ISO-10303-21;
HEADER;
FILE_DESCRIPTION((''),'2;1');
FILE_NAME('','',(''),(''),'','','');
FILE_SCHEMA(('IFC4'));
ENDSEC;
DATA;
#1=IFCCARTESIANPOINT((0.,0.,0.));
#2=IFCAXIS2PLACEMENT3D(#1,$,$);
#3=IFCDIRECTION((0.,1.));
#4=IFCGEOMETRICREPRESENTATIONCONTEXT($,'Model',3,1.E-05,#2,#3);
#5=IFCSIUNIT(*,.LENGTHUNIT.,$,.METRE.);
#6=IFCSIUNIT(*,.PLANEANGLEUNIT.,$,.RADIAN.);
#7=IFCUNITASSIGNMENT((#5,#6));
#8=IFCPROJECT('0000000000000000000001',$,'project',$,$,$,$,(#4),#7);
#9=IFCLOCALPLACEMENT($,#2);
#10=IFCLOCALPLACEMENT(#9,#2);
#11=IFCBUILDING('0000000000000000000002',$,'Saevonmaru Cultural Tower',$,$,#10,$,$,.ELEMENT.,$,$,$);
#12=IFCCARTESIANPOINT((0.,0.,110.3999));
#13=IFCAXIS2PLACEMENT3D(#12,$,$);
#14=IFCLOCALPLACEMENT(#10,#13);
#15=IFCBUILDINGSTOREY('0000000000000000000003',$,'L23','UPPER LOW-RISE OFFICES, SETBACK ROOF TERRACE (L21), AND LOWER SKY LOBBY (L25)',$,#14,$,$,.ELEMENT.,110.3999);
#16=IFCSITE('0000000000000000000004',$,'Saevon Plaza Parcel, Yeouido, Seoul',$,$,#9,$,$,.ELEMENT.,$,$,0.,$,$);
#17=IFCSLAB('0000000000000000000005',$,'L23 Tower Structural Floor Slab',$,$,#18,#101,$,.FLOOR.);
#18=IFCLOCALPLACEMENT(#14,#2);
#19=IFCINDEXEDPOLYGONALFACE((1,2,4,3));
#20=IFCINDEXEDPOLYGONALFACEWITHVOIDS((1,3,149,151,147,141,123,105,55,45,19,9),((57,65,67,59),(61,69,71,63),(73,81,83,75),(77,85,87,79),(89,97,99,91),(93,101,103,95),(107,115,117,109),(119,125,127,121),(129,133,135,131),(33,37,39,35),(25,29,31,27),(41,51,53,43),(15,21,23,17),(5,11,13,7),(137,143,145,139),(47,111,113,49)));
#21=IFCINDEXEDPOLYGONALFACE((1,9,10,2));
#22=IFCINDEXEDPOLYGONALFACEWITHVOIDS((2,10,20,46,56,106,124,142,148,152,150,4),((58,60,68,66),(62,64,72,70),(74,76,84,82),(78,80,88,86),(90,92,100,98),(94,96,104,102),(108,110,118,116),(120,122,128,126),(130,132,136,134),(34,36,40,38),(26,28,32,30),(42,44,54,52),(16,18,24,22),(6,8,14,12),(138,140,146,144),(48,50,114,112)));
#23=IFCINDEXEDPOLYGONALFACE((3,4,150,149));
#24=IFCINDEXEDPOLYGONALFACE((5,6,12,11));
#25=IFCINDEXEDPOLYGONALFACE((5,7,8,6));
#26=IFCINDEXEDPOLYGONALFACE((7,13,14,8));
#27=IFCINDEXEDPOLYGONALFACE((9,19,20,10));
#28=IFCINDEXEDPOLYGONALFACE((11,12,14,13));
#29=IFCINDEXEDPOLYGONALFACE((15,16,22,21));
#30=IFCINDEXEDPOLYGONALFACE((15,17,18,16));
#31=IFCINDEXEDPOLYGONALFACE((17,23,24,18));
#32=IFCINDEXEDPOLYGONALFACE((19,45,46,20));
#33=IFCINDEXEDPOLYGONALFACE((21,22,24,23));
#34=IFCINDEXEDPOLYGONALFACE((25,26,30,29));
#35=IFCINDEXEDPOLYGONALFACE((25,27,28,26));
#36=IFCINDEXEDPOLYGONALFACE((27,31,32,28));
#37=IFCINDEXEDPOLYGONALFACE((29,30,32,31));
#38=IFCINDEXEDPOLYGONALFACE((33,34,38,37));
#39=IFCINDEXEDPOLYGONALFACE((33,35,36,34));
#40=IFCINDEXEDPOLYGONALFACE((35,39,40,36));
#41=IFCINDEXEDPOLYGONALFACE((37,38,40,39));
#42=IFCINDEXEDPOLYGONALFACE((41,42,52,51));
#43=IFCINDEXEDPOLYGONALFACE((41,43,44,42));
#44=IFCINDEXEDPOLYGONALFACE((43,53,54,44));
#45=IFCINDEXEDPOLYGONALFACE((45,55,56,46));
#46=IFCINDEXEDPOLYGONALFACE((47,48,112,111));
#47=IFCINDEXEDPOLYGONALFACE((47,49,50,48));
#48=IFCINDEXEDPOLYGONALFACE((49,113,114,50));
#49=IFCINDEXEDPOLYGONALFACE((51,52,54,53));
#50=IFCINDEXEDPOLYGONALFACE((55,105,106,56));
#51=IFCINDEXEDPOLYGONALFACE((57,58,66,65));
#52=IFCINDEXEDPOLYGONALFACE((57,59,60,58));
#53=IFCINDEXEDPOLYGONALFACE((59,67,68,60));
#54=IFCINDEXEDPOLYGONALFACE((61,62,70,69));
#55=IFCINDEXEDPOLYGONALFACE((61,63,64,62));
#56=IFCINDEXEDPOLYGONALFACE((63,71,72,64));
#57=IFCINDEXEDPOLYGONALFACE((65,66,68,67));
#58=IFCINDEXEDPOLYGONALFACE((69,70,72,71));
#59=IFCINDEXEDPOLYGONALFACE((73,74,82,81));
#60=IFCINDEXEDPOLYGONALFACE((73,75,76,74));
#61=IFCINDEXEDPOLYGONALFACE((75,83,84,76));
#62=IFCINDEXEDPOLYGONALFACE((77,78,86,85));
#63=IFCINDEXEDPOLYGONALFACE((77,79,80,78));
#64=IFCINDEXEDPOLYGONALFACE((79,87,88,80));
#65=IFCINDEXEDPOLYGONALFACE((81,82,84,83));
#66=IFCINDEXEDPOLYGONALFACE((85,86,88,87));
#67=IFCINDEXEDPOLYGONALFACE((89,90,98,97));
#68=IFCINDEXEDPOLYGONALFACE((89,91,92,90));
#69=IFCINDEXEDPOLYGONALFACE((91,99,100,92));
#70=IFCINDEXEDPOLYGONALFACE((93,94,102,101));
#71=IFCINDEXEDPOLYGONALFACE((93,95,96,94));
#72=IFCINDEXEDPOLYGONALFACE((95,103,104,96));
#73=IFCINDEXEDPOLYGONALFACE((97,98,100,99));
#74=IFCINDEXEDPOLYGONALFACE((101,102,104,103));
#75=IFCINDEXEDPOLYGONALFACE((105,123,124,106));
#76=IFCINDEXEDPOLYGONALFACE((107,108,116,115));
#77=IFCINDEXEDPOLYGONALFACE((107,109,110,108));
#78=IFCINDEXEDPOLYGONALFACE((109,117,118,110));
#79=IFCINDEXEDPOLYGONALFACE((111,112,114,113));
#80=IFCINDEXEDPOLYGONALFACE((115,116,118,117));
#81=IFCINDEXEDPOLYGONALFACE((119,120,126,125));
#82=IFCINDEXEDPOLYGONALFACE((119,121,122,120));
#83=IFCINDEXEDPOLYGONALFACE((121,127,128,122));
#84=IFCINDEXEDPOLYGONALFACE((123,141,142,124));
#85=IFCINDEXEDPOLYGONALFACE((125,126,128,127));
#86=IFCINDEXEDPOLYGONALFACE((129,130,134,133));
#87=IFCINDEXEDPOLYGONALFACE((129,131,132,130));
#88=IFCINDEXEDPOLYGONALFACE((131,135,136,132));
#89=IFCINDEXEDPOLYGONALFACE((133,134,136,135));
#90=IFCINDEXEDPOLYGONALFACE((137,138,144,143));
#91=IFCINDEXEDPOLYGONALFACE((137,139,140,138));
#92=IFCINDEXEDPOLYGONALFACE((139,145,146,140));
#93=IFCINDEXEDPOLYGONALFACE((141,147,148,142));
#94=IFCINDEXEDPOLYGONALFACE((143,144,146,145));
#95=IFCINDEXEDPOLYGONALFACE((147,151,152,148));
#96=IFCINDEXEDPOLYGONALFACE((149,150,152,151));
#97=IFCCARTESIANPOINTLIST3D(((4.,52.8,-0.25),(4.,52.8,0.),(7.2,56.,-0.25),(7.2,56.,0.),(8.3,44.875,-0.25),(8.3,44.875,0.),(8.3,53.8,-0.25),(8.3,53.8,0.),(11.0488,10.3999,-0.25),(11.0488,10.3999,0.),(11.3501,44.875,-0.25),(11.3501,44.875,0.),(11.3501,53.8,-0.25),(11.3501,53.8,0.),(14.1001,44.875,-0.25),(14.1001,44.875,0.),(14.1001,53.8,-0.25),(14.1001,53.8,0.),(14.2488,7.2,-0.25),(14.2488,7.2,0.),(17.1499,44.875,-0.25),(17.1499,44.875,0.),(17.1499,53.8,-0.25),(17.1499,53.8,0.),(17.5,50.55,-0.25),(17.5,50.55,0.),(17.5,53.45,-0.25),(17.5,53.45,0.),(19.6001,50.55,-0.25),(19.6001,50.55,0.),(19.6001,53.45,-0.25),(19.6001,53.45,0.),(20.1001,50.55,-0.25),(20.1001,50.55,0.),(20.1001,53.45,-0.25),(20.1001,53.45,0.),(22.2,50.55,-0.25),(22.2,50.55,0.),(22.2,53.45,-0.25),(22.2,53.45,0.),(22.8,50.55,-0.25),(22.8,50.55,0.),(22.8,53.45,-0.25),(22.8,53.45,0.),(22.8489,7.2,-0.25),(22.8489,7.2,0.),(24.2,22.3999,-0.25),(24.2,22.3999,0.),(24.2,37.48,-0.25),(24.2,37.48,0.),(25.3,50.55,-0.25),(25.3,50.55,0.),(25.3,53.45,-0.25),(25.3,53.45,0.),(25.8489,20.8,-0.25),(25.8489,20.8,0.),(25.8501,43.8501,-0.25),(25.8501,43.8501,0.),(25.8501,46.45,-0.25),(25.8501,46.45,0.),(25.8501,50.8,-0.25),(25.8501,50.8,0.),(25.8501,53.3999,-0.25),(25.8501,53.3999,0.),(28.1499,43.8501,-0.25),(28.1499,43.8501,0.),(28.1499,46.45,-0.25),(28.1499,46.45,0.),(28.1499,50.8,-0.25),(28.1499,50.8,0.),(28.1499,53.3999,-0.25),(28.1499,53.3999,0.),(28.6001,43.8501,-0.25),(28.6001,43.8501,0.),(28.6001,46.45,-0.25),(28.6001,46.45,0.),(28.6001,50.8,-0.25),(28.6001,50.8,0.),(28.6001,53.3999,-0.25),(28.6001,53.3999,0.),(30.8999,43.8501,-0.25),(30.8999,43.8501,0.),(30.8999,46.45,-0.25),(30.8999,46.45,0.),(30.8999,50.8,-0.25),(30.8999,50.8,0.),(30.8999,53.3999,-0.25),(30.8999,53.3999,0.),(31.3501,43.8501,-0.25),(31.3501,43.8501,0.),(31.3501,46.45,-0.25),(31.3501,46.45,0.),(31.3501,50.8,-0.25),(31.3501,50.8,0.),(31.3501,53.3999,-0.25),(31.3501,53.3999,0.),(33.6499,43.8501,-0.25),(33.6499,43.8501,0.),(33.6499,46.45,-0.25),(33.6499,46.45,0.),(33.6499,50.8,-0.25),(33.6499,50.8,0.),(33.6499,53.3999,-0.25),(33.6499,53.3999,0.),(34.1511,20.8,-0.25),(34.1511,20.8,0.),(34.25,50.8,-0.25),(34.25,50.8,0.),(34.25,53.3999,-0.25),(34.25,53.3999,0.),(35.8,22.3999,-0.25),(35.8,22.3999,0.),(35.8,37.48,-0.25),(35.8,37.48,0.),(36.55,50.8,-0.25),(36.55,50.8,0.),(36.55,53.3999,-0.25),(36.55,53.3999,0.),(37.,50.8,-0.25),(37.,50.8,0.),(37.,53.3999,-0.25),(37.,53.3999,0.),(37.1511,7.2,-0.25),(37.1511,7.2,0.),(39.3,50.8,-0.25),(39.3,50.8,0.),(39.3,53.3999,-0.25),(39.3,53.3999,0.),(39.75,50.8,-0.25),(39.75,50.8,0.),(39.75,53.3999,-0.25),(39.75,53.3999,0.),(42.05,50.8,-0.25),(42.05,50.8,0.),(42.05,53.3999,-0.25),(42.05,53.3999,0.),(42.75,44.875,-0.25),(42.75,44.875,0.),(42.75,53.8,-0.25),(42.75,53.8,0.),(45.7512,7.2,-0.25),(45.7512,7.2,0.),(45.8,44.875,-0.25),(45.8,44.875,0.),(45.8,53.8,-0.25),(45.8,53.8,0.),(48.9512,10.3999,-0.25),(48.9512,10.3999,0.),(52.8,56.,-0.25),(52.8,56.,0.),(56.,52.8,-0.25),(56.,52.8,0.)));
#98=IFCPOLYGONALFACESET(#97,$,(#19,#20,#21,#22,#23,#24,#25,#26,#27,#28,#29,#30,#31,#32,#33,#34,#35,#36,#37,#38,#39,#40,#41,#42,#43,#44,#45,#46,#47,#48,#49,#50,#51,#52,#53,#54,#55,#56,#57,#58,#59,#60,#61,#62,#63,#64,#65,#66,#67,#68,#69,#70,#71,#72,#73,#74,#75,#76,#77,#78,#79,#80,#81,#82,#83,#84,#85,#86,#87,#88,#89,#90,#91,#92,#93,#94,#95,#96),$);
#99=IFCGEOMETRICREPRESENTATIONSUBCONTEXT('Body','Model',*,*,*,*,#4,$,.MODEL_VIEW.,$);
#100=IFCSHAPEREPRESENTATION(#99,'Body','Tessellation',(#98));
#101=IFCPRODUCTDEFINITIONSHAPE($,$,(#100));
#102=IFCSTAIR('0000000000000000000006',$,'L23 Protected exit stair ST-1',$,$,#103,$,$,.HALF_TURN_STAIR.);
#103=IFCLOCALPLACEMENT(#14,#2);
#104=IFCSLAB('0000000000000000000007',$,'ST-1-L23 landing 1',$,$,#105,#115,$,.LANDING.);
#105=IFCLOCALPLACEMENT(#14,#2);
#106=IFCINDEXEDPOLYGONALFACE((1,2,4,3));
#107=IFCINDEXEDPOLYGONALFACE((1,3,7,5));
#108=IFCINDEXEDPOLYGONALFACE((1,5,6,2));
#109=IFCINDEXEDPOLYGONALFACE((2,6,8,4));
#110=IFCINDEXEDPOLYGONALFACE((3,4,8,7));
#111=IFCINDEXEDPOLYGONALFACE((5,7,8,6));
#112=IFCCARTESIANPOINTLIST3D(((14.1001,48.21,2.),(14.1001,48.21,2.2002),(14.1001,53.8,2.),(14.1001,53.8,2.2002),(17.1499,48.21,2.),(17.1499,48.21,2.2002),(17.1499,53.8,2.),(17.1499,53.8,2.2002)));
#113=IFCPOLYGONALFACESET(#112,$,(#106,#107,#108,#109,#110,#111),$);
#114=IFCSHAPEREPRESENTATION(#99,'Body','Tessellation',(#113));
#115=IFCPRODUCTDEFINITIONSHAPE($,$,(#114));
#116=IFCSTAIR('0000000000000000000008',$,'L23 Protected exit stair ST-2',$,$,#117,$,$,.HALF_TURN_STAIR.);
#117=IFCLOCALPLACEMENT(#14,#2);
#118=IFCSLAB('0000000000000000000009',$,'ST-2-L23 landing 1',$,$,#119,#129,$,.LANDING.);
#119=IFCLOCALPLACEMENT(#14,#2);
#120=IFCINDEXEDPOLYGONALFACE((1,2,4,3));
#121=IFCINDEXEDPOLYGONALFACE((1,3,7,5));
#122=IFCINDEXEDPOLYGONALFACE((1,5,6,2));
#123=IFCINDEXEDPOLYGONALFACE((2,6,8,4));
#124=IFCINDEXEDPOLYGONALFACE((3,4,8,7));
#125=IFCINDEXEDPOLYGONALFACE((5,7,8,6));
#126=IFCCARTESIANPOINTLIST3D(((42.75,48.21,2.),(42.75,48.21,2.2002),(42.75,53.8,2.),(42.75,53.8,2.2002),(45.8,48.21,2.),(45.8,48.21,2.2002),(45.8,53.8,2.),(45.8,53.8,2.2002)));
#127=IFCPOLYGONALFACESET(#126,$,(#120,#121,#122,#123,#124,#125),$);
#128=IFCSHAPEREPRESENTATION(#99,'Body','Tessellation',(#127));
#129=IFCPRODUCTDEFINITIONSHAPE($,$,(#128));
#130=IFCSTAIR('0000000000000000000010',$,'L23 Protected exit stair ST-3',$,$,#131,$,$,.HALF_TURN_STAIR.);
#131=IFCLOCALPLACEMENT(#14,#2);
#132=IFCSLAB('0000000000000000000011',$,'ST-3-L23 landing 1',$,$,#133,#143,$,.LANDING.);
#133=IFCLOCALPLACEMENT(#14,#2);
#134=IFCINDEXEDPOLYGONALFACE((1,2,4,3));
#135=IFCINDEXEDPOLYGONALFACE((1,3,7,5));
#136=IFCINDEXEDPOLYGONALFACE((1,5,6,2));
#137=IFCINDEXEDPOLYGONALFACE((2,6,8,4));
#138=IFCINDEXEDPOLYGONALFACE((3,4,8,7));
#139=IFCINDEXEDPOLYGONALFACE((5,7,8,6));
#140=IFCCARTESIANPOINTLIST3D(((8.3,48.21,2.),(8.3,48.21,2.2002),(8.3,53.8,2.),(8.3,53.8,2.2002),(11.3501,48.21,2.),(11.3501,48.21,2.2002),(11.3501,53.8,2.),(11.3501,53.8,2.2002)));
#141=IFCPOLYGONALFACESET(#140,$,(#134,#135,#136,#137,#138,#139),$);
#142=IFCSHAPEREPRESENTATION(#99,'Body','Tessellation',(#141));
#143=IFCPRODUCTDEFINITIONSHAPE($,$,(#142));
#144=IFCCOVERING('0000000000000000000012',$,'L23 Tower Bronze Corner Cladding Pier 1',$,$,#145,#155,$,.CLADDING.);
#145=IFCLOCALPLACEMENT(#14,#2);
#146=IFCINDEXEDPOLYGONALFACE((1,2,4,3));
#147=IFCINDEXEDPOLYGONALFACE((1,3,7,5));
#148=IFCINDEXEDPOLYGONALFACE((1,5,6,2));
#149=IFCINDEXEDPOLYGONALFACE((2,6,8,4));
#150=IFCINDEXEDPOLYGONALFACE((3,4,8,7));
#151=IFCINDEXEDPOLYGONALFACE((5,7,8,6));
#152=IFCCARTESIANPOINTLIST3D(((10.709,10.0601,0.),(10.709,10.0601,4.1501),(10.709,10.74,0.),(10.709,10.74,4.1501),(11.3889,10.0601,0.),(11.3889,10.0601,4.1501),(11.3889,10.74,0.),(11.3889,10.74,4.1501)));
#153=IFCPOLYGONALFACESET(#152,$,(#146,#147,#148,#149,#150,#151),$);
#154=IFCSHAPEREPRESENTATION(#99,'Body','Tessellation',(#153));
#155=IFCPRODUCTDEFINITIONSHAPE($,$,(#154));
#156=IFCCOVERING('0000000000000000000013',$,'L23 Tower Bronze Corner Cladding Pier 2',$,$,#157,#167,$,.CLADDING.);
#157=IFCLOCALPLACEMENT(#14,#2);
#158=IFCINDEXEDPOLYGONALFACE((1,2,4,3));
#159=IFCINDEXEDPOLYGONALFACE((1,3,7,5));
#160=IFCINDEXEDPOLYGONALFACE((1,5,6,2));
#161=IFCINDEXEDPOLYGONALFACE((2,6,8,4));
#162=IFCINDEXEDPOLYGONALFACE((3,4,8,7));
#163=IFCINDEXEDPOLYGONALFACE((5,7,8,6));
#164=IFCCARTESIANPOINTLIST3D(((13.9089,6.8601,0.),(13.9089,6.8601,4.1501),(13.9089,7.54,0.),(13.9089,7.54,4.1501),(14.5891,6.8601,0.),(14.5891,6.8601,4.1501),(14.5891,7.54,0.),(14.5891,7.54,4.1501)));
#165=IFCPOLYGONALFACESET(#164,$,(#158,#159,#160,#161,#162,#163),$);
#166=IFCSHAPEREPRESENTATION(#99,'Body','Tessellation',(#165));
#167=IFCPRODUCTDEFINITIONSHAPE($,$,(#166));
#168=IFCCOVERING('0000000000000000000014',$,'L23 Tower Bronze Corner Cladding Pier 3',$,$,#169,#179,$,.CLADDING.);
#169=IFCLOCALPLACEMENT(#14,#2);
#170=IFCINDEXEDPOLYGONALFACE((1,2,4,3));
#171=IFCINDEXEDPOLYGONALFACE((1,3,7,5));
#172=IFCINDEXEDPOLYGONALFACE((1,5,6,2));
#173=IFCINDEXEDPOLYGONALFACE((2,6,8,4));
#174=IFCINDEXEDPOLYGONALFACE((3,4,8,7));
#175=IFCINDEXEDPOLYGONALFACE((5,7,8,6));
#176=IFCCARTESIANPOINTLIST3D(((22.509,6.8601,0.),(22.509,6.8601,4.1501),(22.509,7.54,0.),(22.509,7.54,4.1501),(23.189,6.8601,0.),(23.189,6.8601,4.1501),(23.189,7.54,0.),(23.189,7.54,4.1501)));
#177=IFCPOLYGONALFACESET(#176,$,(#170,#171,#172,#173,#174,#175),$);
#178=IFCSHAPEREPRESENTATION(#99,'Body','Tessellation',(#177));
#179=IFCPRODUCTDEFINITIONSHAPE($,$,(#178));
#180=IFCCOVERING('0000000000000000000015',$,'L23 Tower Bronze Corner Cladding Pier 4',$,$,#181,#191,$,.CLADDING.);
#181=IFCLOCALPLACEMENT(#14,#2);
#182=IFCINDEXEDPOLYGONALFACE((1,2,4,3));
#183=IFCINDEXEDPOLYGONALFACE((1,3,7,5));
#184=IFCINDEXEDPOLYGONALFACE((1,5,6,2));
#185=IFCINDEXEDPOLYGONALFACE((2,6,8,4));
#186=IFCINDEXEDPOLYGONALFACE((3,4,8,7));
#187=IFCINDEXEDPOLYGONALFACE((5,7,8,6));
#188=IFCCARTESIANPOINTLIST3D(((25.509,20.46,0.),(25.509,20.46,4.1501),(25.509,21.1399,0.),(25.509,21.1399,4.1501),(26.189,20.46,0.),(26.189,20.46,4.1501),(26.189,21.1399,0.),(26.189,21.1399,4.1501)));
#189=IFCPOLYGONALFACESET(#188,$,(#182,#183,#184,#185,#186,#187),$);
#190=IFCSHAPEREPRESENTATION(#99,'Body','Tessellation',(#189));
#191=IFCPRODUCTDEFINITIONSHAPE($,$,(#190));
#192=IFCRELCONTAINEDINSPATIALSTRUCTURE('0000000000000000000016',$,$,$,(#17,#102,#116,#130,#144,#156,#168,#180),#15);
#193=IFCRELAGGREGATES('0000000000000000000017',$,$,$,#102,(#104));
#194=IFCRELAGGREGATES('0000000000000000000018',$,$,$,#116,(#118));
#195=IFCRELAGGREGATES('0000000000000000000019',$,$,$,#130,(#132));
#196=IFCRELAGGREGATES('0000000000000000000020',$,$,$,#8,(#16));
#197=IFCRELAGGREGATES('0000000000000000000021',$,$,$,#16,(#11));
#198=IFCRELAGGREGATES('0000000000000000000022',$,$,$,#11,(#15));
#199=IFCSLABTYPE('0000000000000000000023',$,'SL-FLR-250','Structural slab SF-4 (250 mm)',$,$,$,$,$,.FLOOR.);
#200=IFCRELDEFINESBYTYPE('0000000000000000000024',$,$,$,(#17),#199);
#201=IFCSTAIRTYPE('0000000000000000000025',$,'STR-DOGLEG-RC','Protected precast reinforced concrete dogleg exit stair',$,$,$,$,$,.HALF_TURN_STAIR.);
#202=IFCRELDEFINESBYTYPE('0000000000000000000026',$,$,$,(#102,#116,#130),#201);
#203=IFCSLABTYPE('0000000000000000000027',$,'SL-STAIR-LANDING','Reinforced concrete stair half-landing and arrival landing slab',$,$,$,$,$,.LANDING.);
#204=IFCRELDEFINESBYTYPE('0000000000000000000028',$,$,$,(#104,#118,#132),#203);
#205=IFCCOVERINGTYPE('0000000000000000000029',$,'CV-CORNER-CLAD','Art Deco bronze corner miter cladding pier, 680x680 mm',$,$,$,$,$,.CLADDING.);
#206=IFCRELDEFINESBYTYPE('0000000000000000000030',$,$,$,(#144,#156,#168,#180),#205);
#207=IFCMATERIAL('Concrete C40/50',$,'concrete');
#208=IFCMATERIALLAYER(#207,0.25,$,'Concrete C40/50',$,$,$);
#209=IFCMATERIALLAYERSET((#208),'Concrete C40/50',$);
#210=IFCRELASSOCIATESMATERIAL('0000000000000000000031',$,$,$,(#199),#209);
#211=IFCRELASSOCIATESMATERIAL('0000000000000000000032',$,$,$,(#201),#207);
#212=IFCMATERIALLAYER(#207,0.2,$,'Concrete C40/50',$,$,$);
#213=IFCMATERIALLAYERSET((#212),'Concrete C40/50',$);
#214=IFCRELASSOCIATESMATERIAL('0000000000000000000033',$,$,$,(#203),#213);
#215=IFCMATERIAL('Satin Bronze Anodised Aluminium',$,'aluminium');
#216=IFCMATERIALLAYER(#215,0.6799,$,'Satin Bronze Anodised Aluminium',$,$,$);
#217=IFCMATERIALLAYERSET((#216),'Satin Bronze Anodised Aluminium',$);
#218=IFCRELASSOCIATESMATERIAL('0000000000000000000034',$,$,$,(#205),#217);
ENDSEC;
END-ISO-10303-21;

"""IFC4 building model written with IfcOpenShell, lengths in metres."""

from ifc_helpers import new_model, si_unit, direction, frame, origin, place, context, subcontext, project, spatial, polyline, outline, extrude, material, layer, layer_set, type_object, element, aggregate, save


model = new_model("IFC4")

# Units and contexts
model_context = context("Model", 3, precision=1e-05, world=origin(), true_north=direction((0.0, 1.0)))
body_context = subcontext(model_context, "Body", "Model", "MODEL_VIEW")
ifc_project = project(units=[si_unit("LENGTHUNIT", "METRE"), si_unit("PLANEANGLEUNIT", "RADIAN")], contexts=[model_context])

# Site, building, storey
site_placement = place(None, origin())
site = spatial("IfcSite", under=ifc_project, at=site_placement, Name="Saevon Plaza Parcel, Yeouido, Seoul", CompositionType="ELEMENT", RefElevation=0.0)
building_placement = place(site_placement, origin())
building = spatial("IfcBuilding", under=site, at=building_placement, Name="Saevonmaru Cultural Tower", CompositionType="ELEMENT")
storey_placement = place(building_placement, frame((0.0, 0.0, 110.3999)))
storey = spatial("IfcBuildingStorey", under=building, at=storey_placement, Name="L23", Description="UPPER LOW-RISE OFFICES, SETBACK ROOF TERRACE (L21), AND LOWER SKY LOBBY (L25)", CompositionType="ELEMENT", Elevation=110.3999)

# Shared definitions
ifc_material_1 = material(Name="Satin Bronze Anodised Aluminium", Category="aluminium")

# Slab
ifc_material_2 = material(Name="Concrete C40/50", Category="concrete")
ifc_layer_1 = layer(ifc_material_2, 0.25, Name="Concrete C40/50")
ifc_layer_set_1 = layer_set([ifc_layer_1], Name="Concrete C40/50")
slab_type_1 = type_object("IfcSlabType", Name="SL-FLR-250", Description="Structural slab SF-4 (250 mm)", PredefinedType="FLOOR", material=ifc_layer_set_1)
slab_1_placement = place(storey_placement, frame((0.0, 0.0, -0.25)))
element("IfcSlab", 1, at=slab_1_placement, inside=storey, type_object=slab_type_1, Name="L23 Tower Structural Floor Slab", PredefinedType="FLOOR", context=body_context, shape_type="SweptSolid", body=[
    extrude(outline(polyline([(11.0488, 10.3999), (14.2488, 7.2), (22.8489, 7.2), (25.8489, 20.8), (34.1511, 20.8), (37.1511, 7.2), (45.7512, 7.2), (48.9512, 10.3999), (56.0, 52.8), (52.8, 56.0), (7.2, 56.0), (4.0, 52.8), (11.0488, 10.3999)]), holes=[polyline([(45.8, 44.875), (42.75, 44.875), (42.75, 53.8), (45.8, 53.8), (45.8, 44.875)]), polyline([(39.75, 50.8), (39.75, 53.3999), (42.05, 53.3999), (42.05, 50.8), (39.75, 50.8)]), polyline([(37.0, 50.8), (37.0, 53.3999), (39.3, 53.3999), (39.3, 50.8), (37.0, 50.8)]), polyline([(34.25, 50.8), (34.25, 53.3999), (36.55, 53.3999), (36.55, 50.8), (34.25, 50.8)]), polyline([(24.2, 22.3999), (24.2, 37.48), (35.8, 37.48), (35.8, 22.3999), (24.2, 22.3999)]), polyline([(31.3501, 50.8), (31.3501, 53.3999), (33.6499, 53.3999), (33.6499, 50.8), (31.3501, 50.8)]), polyline([(31.3501, 43.8501), (31.3501, 46.45), (33.6499, 46.45), (33.6499, 43.8501), (31.3501, 43.8501)]), polyline([(28.6001, 43.8501), (28.6001, 46.45), (30.8999, 46.45), (30.8999, 43.8501), (28.6001, 43.8501)]), polyline([(28.6001, 50.8), (28.6001, 53.3999), (30.8999, 53.3999), (30.8999, 50.8), (28.6001, 50.8)]), polyline([(25.8501, 50.8), (25.8501, 53.3999), (28.1499, 53.3999), (28.1499, 50.8), (25.8501, 50.8)]), polyline([(25.8501, 43.8501), (25.8501, 46.45), (28.1499, 46.45), (28.1499, 43.8501), (25.8501, 43.8501)]), polyline([(22.8, 50.55), (22.8, 53.45), (25.3, 53.45), (25.3, 50.55), (22.8, 50.55)]), polyline([(20.1001, 50.55), (20.1001, 53.45), (22.2, 53.45), (22.2, 50.55), (20.1001, 50.55)]), polyline([(17.5, 50.55), (17.5, 53.45), (19.6001, 53.45), (19.6001, 50.55), (17.5, 50.55)]), polyline([(17.1499, 44.875), (14.1001, 44.875), (14.1001, 53.8), (17.1499, 53.8), (17.1499, 44.875)]), polyline([(11.3501, 44.875), (8.3, 44.875), (8.3, 53.8), (11.3501, 53.8), (11.3501, 44.875)])]), origin(), (0.0, 0.0, 1.0), 0.25),
])

# Stairs, slabs
stair_type = type_object("IfcStairType", Name="STR-DOGLEG-RC", Description="Protected precast reinforced concrete dogleg exit stair", PredefinedType="HALF_TURN_STAIR", material=ifc_material_2)
stair_1_placement = place(storey_placement, origin())
stair_1 = element("IfcStair", 2, at=stair_1_placement, inside=storey, type_object=stair_type, Name="L23 Protected exit stair ST-1", PredefinedType="HALF_TURN_STAIR")
ifc_layer_2 = layer(ifc_material_2, 0.2, Name="Concrete C40/50")
ifc_layer_set_2 = layer_set([ifc_layer_2], Name="Concrete C40/50")
slab_type_2 = type_object("IfcSlabType", Name="SL-STAIR-LANDING", Description="Reinforced concrete stair half-landing and arrival landing slab", PredefinedType="LANDING", material=ifc_layer_set_2)
slab_2_placement = place(storey_placement, frame((0.0, 0.0, 2.0)))
slab_2 = element("IfcSlab", 3, at=slab_2_placement, type_object=slab_type_2, Name="ST-1-L23 landing 1", PredefinedType="LANDING", context=body_context, shape_type="SweptSolid", body=[
    extrude(outline(polyline([(17.1499, 48.21), (17.1499, 53.8), (14.1001, 53.8), (14.1001, 48.21), (17.1499, 48.21)])), origin(), (0.0, 0.0, 1.0), 0.2002),
])
aggregate(stair_1, [slab_2])
stair_2_placement = place(storey_placement, origin())
stair_2 = element("IfcStair", 4, at=stair_2_placement, inside=storey, type_object=stair_type, Name="L23 Protected exit stair ST-2", PredefinedType="HALF_TURN_STAIR")
slab_3_placement = place(storey_placement, frame((0.0, 0.0, 2.0)))
slab_3 = element("IfcSlab", 5, at=slab_3_placement, type_object=slab_type_2, Name="ST-2-L23 landing 1", PredefinedType="LANDING", context=body_context, shape_type="SweptSolid", body=[
    extrude(outline(polyline([(45.8, 48.21), (45.8, 53.8), (42.75, 53.8), (42.75, 48.21), (45.8, 48.21)])), origin(), (0.0, 0.0, 1.0), 0.2002),
])
aggregate(stair_2, [slab_3])
stair_3_placement = place(storey_placement, origin())
stair_3 = element("IfcStair", 6, at=stair_3_placement, inside=storey, type_object=stair_type, Name="L23 Protected exit stair ST-3", PredefinedType="HALF_TURN_STAIR")
slab_4_placement = place(storey_placement, frame((0.0, 0.0, 2.0)))
slab_4 = element("IfcSlab", 7, at=slab_4_placement, type_object=slab_type_2, Name="ST-3-L23 landing 1", PredefinedType="LANDING", context=body_context, shape_type="SweptSolid", body=[
    extrude(outline(polyline([(11.3501, 48.21), (11.3501, 53.8), (8.3, 53.8), (8.3, 48.21), (11.3501, 48.21)])), origin(), (0.0, 0.0, 1.0), 0.2002),
])
aggregate(stair_3, [slab_4])

# Coverings
ifc_layer_3 = layer(ifc_material_1, 0.6799, Name="Satin Bronze Anodised Aluminium")
ifc_layer_set_3 = layer_set([ifc_layer_3], Name="Satin Bronze Anodised Aluminium")
covering_type = type_object("IfcCoveringType", Name="CV-CORNER-CLAD", Description="Art Deco bronze corner miter cladding pier, 680x680 mm", PredefinedType="CLADDING", material=ifc_layer_set_3)
covering_1_placement = place(storey_placement, origin())
element("IfcCovering", 8, at=covering_1_placement, inside=storey, type_object=covering_type, Name="L23 Tower Bronze Corner Cladding Pier 1", PredefinedType="CLADDING", context=body_context, shape_type="SweptSolid", body=[
    extrude(outline(polyline([(10.709, 10.0601), (11.3889, 10.0601), (11.3889, 10.74), (10.709, 10.74), (10.709, 10.0601)])), origin(), (0.0, 0.0, 1.0), 4.1501),
])
covering_2_placement = place(storey_placement, origin())
element("IfcCovering", 9, at=covering_2_placement, inside=storey, type_object=covering_type, Name="L23 Tower Bronze Corner Cladding Pier 2", PredefinedType="CLADDING", context=body_context, shape_type="SweptSolid", body=[
    extrude(outline(polyline([(13.9089, 6.8601), (14.5891, 6.8601), (14.5891, 7.54), (13.9089, 7.54), (13.9089, 6.8601)])), origin(), (0.0, 0.0, 1.0), 4.1501),
])
covering_3_placement = place(storey_placement, origin())
element("IfcCovering", 10, at=covering_3_placement, inside=storey, type_object=covering_type, Name="L23 Tower Bronze Corner Cladding Pier 3", PredefinedType="CLADDING", context=body_context, shape_type="SweptSolid", body=[
    extrude(outline(polyline([(22.509, 6.8601), (23.189, 6.8601), (23.189, 7.54), (22.509, 7.54), (22.509, 6.8601)])), origin(), (0.0, 0.0, 1.0), 4.1501),
])
covering_4_placement = place(storey_placement, origin())
element("IfcCovering", 11, at=covering_4_placement, inside=storey, type_object=covering_type, Name="L23 Tower Bronze Corner Cladding Pier 4", PredefinedType="CLADDING", context=body_context, shape_type="SweptSolid", body=[
    extrude(outline(polyline([(25.509, 20.46), (26.189, 20.46), (26.189, 21.1399), (25.509, 21.1399), (25.509, 20.46)])), origin(), (0.0, 0.0, 1.0), 4.1501),
])

save(model, "model.ifc")
